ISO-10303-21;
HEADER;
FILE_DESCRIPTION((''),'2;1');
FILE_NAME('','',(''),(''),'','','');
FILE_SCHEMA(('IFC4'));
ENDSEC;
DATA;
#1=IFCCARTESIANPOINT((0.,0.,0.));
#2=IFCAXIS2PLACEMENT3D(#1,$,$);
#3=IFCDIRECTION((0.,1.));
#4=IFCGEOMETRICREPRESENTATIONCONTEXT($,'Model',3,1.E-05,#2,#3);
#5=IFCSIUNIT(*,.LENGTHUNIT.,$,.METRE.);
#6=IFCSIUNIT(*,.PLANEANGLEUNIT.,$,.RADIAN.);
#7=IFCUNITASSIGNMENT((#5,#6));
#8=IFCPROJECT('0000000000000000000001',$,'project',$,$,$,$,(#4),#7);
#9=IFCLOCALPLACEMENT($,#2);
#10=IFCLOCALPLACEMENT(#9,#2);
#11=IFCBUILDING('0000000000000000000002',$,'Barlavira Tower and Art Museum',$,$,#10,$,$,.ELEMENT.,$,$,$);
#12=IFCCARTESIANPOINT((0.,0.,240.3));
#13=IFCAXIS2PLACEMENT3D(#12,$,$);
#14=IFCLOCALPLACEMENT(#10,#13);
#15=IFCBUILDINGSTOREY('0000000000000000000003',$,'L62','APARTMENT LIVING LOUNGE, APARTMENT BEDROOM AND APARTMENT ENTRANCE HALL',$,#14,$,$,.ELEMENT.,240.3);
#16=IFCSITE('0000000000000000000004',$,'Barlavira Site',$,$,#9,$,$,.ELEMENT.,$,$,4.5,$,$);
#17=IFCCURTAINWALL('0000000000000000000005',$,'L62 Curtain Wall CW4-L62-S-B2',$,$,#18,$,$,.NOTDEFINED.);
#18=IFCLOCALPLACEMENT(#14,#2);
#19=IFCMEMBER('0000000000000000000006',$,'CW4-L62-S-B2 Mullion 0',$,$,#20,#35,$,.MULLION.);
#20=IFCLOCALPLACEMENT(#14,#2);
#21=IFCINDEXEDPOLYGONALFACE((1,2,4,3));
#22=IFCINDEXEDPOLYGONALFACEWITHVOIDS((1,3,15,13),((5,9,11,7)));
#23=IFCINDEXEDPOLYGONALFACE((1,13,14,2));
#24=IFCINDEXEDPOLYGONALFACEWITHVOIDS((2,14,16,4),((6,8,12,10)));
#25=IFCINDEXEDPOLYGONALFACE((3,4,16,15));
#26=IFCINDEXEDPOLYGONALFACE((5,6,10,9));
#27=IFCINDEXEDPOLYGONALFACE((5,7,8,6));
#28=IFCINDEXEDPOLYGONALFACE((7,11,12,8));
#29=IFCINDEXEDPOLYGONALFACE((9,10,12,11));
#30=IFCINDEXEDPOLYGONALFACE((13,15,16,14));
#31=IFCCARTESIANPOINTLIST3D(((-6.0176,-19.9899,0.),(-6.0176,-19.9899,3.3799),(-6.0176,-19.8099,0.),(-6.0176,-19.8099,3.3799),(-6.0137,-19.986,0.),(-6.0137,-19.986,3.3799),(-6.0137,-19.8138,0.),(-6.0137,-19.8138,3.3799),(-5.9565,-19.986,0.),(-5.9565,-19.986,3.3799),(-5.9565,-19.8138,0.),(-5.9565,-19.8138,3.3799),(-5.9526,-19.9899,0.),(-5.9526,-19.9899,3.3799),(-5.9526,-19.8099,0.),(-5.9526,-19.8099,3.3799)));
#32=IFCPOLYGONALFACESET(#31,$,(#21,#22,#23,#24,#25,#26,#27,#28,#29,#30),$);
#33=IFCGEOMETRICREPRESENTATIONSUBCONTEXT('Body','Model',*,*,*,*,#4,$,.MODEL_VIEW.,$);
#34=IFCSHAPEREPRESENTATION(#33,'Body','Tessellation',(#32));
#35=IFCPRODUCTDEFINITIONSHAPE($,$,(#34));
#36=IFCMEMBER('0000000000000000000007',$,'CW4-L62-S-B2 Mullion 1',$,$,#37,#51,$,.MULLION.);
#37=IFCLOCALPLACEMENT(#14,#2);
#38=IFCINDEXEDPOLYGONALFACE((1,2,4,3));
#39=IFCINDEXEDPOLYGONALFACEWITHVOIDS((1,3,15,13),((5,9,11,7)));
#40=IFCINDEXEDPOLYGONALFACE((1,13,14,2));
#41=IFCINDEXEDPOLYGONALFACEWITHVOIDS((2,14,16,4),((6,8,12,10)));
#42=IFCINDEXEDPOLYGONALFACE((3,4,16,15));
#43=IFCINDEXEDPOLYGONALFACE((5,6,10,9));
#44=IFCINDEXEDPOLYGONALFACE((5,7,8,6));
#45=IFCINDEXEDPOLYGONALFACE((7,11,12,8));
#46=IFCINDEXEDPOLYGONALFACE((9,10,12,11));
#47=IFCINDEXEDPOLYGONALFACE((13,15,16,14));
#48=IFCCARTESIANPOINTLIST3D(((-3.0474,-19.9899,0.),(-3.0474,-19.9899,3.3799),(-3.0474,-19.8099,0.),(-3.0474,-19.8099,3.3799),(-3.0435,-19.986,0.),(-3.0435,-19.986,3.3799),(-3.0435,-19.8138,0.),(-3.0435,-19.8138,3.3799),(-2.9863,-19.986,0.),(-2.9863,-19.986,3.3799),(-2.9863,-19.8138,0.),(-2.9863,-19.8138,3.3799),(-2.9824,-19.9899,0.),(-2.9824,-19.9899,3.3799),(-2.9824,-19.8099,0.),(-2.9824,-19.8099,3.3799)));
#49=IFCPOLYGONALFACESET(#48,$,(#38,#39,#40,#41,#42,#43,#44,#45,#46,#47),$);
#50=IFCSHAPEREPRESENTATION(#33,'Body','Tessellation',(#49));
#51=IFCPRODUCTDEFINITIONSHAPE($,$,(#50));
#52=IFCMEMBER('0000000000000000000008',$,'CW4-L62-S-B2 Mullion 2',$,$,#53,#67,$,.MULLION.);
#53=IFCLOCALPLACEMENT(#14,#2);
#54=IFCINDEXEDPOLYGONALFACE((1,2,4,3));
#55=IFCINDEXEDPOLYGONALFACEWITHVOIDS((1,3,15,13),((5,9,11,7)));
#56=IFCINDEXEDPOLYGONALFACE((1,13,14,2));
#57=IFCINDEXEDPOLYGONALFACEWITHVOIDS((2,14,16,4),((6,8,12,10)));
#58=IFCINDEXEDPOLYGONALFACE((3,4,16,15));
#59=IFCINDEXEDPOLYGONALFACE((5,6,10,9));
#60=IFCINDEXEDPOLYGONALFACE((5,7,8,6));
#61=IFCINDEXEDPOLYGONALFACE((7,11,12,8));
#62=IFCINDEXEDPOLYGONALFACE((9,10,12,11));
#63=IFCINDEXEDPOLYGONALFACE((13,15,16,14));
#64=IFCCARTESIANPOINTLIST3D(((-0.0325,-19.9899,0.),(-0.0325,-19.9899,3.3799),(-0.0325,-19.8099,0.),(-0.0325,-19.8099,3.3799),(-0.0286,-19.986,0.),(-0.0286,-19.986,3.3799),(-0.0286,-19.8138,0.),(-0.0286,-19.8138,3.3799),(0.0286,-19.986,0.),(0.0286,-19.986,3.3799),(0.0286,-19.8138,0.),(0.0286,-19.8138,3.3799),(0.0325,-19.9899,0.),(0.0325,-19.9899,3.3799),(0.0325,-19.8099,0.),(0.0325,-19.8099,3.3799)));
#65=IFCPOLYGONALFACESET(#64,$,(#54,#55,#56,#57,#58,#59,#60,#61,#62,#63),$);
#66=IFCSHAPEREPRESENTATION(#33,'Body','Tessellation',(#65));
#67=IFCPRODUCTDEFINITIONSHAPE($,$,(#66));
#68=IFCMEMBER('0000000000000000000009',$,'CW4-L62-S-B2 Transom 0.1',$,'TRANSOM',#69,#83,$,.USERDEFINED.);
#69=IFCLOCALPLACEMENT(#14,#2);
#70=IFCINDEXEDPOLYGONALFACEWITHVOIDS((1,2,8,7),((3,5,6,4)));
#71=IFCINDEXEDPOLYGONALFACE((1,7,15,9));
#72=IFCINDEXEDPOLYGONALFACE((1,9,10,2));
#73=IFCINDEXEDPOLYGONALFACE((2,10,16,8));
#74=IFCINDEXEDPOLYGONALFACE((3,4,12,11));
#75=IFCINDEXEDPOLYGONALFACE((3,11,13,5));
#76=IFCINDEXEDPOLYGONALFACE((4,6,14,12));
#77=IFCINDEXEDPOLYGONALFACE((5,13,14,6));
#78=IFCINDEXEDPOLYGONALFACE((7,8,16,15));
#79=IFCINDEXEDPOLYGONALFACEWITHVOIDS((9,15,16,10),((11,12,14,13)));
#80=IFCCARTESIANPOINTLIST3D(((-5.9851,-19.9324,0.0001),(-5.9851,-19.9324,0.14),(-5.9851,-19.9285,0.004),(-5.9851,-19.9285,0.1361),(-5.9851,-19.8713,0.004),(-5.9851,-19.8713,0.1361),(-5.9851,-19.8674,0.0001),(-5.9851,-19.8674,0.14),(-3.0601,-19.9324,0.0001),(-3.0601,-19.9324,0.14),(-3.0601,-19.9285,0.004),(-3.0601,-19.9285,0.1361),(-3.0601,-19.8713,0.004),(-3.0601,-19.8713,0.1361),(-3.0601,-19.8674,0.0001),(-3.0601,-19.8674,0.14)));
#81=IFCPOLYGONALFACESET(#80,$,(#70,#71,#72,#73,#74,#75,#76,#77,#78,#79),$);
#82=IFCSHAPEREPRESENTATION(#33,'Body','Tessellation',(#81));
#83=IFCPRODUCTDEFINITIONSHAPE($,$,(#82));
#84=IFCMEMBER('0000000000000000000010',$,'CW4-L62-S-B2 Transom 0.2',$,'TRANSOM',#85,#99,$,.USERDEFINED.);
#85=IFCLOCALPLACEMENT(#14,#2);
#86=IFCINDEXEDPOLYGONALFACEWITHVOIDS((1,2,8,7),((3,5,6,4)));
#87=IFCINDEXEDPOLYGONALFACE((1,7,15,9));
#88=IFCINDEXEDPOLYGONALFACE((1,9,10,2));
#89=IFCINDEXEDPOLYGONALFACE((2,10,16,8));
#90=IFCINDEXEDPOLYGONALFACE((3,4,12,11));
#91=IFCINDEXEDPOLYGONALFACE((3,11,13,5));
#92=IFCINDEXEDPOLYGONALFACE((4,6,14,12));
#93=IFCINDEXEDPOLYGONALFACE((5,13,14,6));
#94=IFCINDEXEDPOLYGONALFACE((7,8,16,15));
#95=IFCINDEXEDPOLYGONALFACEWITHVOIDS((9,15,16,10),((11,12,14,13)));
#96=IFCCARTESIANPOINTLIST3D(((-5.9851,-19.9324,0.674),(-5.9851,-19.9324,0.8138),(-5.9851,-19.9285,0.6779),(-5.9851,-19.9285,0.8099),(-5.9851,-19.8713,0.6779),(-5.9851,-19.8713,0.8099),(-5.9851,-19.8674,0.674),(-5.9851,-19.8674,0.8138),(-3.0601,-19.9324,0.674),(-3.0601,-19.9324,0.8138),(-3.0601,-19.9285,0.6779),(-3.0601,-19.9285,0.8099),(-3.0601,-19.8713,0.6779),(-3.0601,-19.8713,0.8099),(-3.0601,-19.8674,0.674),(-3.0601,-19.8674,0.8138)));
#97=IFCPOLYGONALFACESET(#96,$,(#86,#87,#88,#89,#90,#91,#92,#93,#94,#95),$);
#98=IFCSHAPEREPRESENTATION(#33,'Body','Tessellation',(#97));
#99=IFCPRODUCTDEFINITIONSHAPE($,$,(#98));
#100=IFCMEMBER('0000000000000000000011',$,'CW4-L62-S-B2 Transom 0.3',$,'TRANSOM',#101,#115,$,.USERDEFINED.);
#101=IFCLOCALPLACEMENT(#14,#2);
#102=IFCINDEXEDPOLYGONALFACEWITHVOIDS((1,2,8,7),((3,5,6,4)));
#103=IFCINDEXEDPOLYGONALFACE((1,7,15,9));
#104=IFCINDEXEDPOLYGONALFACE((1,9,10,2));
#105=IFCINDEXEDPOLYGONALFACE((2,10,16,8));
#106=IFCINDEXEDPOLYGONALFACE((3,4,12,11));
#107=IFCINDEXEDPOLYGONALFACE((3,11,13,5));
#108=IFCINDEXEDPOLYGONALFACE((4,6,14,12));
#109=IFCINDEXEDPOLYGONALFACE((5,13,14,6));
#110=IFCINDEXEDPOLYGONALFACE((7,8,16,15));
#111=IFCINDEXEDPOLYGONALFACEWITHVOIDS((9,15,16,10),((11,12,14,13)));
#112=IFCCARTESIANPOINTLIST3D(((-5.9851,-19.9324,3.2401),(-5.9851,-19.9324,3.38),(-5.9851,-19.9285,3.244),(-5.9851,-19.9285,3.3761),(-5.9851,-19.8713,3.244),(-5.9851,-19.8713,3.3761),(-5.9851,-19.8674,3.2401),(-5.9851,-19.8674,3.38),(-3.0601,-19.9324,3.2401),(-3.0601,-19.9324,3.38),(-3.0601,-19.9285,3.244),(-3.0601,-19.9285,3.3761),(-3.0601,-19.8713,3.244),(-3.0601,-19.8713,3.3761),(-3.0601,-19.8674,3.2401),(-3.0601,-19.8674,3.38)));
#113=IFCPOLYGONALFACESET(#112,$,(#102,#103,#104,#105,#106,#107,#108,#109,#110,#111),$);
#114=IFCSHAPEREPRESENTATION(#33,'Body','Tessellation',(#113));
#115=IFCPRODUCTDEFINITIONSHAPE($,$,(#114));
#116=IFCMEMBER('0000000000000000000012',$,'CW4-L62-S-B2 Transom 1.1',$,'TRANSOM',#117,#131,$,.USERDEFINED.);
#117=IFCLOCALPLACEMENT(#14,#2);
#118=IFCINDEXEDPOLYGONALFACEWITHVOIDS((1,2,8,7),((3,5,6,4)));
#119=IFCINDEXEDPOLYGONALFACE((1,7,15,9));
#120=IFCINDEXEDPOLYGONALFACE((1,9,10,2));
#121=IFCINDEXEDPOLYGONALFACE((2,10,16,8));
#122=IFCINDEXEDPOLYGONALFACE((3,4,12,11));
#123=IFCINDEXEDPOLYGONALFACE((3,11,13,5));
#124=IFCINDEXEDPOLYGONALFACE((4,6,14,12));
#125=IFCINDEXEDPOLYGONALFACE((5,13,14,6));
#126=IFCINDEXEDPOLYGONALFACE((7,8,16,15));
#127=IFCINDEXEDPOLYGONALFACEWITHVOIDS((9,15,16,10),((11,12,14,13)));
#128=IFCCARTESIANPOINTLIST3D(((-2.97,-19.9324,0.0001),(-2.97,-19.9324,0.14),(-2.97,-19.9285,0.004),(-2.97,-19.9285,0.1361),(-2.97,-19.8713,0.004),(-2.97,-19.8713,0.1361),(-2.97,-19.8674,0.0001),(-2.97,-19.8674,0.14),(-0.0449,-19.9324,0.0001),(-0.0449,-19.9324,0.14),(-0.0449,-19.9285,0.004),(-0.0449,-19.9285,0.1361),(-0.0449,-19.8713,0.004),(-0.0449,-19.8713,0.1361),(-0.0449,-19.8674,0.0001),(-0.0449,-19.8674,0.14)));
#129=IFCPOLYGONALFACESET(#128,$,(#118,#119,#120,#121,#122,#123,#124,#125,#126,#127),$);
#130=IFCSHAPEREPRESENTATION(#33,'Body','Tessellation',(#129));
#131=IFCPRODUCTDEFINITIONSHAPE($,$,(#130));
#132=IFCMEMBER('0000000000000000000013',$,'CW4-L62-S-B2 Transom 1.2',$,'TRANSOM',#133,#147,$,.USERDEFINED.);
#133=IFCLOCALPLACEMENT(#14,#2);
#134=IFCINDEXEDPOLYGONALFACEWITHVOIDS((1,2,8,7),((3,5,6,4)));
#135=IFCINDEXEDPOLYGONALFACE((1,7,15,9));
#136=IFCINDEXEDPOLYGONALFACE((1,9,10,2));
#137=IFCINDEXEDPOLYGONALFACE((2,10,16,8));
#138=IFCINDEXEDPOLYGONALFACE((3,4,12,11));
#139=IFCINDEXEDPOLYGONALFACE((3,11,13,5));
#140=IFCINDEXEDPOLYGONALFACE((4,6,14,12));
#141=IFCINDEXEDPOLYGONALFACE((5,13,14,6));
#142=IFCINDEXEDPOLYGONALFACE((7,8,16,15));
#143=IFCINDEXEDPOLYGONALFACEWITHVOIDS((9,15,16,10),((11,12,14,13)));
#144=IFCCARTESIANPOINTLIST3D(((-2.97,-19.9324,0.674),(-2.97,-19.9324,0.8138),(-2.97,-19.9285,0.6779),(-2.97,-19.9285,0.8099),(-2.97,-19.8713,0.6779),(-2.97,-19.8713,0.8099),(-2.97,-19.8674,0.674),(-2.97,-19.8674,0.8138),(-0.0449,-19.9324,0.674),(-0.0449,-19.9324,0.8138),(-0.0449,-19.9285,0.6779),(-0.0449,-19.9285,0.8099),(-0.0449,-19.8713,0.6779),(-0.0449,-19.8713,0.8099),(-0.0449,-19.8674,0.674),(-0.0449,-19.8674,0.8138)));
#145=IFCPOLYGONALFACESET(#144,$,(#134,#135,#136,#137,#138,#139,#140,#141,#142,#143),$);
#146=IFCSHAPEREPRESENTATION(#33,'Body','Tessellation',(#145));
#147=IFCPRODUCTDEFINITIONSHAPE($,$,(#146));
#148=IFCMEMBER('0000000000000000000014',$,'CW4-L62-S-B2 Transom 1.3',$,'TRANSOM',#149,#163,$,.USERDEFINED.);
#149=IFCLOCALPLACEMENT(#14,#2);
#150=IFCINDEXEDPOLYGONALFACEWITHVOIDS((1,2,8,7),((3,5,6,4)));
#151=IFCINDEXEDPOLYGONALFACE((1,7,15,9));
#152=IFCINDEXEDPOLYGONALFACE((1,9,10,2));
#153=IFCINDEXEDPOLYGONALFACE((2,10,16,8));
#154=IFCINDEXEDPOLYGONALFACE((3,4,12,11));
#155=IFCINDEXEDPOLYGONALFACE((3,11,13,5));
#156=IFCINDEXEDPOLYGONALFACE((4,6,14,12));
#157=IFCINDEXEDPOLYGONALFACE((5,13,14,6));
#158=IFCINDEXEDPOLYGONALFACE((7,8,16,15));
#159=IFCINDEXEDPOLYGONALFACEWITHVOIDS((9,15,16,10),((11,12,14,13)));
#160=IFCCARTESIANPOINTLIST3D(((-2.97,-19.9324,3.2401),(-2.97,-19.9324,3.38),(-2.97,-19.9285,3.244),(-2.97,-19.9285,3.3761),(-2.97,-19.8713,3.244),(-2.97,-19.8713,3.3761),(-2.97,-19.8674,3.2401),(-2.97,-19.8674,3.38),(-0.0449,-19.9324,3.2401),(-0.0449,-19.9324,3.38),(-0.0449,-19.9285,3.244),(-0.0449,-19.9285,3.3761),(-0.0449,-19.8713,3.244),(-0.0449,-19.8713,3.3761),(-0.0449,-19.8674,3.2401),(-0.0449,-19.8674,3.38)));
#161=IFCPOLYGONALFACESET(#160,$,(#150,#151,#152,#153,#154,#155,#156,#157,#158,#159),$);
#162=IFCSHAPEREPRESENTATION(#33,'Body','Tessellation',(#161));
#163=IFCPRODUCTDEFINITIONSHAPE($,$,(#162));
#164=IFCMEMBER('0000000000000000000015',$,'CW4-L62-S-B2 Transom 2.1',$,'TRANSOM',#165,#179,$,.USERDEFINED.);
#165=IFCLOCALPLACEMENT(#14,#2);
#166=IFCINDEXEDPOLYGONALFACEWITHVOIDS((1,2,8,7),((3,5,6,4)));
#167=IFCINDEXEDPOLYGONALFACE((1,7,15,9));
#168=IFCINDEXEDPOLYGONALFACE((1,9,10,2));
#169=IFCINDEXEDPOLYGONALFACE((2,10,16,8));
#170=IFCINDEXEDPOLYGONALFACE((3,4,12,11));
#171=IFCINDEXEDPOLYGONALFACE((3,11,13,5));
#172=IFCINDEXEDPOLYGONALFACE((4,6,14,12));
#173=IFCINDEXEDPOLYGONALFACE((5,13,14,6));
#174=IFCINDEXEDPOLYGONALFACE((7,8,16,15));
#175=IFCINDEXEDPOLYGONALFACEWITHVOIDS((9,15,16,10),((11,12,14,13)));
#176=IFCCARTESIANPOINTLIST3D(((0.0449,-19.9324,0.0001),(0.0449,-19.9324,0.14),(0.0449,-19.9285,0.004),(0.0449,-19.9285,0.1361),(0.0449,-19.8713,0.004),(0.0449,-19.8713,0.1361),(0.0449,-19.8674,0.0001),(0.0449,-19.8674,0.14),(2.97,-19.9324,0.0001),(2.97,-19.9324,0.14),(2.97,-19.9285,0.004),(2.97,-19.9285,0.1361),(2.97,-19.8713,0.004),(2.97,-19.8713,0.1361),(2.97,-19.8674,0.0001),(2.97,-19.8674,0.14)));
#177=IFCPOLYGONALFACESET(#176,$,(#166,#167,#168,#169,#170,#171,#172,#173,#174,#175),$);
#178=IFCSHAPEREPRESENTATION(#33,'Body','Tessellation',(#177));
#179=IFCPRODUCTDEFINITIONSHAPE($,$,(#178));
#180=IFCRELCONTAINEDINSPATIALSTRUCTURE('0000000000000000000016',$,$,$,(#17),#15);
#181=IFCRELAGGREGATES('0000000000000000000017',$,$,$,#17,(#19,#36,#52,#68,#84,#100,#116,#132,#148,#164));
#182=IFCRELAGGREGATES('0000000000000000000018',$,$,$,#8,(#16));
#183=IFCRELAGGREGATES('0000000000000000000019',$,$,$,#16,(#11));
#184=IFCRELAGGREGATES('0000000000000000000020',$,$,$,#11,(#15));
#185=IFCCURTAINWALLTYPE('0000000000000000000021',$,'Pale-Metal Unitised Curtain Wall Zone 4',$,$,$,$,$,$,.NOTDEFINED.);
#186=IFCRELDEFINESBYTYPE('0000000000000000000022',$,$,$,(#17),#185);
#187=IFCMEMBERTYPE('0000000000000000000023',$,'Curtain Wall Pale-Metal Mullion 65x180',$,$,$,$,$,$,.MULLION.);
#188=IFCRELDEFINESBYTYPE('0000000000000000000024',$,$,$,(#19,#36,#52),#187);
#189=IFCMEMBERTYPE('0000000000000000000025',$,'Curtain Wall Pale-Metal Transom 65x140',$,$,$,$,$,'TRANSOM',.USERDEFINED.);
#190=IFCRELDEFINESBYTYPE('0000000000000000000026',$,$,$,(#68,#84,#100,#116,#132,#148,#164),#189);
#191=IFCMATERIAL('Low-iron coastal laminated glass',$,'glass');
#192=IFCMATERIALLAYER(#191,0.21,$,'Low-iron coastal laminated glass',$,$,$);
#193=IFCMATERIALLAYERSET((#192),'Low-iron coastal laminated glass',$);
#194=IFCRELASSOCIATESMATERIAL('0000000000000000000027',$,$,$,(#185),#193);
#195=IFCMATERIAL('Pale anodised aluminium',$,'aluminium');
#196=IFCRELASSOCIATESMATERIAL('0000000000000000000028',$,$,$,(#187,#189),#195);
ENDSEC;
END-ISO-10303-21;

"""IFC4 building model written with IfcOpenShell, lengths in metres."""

from ifc_helpers import new_model, si_unit, direction, frame, origin, origin_2d, place, context, subcontext, project, spatial, hollow_rectangle, extrude, material, layer, layer_set, material_profile, profile_set, type_object, element, aggregate, save


model = new_model("IFC4")

# Units and contexts
model_context = context("Model", 3, precision=1e-05, world=origin(), true_north=direction((0.0, 1.0)))
body_context = subcontext(model_context, "Body", "Model", "MODEL_VIEW")
ifc_project = project(units=[si_unit("LENGTHUNIT", "METRE"), si_unit("PLANEANGLEUNIT", "RADIAN")], contexts=[model_context])

# Site, building, storey
site_placement = place(None, origin())
site = spatial("IfcSite", under=ifc_project, at=site_placement, Name="Barlavira Site", CompositionType="ELEMENT", RefElevation=4.5)
building_placement = place(site_placement, origin())
building = spatial("IfcBuilding", under=site, at=building_placement, Name="Barlavira Tower and Art Museum", CompositionType="ELEMENT")
storey_placement = place(building_placement, frame((0.0, 0.0, 240.3)))
storey = spatial("IfcBuildingStorey", under=building, at=storey_placement, Name="L62", Description="APARTMENT LIVING LOUNGE, APARTMENT BEDROOM AND APARTMENT ENTRANCE HALL", CompositionType="ELEMENT", Elevation=240.3)

# Curtain wall, members
ifc_material_1 = material(Name="Low-iron coastal laminated glass", Category="glass")
ifc_layer_1 = layer(ifc_material_1, 0.21, Name="Low-iron coastal laminated glass")
ifc_layer_set_1 = layer_set([ifc_layer_1], Name="Low-iron coastal laminated glass")
curtain_wall_type = type_object("IfcCurtainWallType", Name="Pale-Metal Unitised Curtain Wall Zone 4", PredefinedType="NOTDEFINED", material=ifc_layer_set_1)
curtain_wall_placement = place(storey_placement, origin())
curtain_wall = element("IfcCurtainWall", 1, at=curtain_wall_placement, inside=storey, type_object=curtain_wall_type, Name="L62 Curtain Wall CW4-L62-S-B2", PredefinedType="NOTDEFINED")
ifc_material_2 = material(Name="Pale anodised aluminium", Category="aluminium")
ifc_material_profile_1 = material_profile(ifc_material_2, hollow_rectangle(XDim=0.0649, YDim=0.1799, WallThickness=0.0039, at=origin_2d()), Name="ALU-MULL 65x180x4")
ifc_profile_set_1 = profile_set([ifc_material_profile_1], Name="Pale anodised aluminium")
member_type_1 = type_object("IfcMemberType", Name="Curtain Wall Pale-Metal Mullion 65x180", PredefinedType="MULLION", material=ifc_profile_set_1)
member_1_placement = place(storey_placement, frame((-5.9851, -19.8999, 0.0), z_axis=(0.0, 0.0, 1.0), x_axis=(1.0, 0.0, 0.0)))
member_1 = element("IfcMember", 2, at=member_1_placement, type_object=member_type_1, Name="CW4-L62-S-B2 Mullion 0", PredefinedType="MULLION", context=body_context, shape_type="SweptSolid", body=[
    extrude(hollow_rectangle(XDim=0.0649, YDim=0.1799, WallThickness=0.0039, at=origin_2d()), origin(), (0.0, 0.0, 1.0), 3.3799),
])
member_2_placement = place(storey_placement, frame((-3.0149, -19.8999, 0.0), z_axis=(0.0, 0.0, 1.0), x_axis=(1.0, 0.0, 0.0)))
member_2 = element("IfcMember", 3, at=member_2_placement, type_object=member_type_1, Name="CW4-L62-S-B2 Mullion 1", PredefinedType="MULLION", context=body_context, shape_type="SweptSolid", body=[
    extrude(hollow_rectangle(XDim=0.0649, YDim=0.1799, WallThickness=0.0039, at=origin_2d()), origin(), (0.0, 0.0, 1.0), 3.3799),
])
member_3_placement = place(storey_placement, frame((0.0, -19.8999, 0.0), z_axis=(0.0, 0.0, 1.0), x_axis=(1.0, 0.0, 0.0)))
member_3 = element("IfcMember", 4, at=member_3_placement, type_object=member_type_1, Name="CW4-L62-S-B2 Mullion 2", PredefinedType="MULLION", context=body_context, shape_type="SweptSolid", body=[
    extrude(hollow_rectangle(XDim=0.0649, YDim=0.1799, WallThickness=0.0039, at=origin_2d()), origin(), (0.0, 0.0, 1.0), 3.3799),
])
ifc_material_profile_2 = material_profile(ifc_material_2, hollow_rectangle(XDim=0.0649, YDim=0.1399, WallThickness=0.0039, at=origin_2d()), Name="ALU-TRAN 65x140x4")
ifc_profile_set_2 = profile_set([ifc_material_profile_2], Name="Pale anodised aluminium")
member_type_2 = type_object("IfcMemberType", Name="Curtain Wall Pale-Metal Transom 65x140", ElementType="TRANSOM", PredefinedType="USERDEFINED", material=ifc_profile_set_2)
member_4_placement = place(storey_placement, frame((-5.9851, -19.8999, 0.0701), z_axis=(1.0, 0.0, 0.0), x_axis=(0.0, 1.0, 0.0)))
member_4 = element("IfcMember", 5, at=member_4_placement, type_object=member_type_2, Name="CW4-L62-S-B2 Transom 0.1", ObjectType="TRANSOM", PredefinedType="USERDEFINED", context=body_context, shape_type="SweptSolid", body=[
    extrude(hollow_rectangle(XDim=0.0649, YDim=0.1399, WallThickness=0.0039, at=origin_2d()), origin(), (0.0, 0.0, 1.0), 2.925),
])
member_5_placement = place(storey_placement, frame((-5.9851, -19.8999, 0.7439), z_axis=(1.0, 0.0, 0.0), x_axis=(0.0, 1.0, 0.0)))
member_5 = element("IfcMember", 6, at=member_5_placement, type_object=member_type_2, Name="CW4-L62-S-B2 Transom 0.2", ObjectType="TRANSOM", PredefinedType="USERDEFINED", context=body_context, shape_type="SweptSolid", body=[
    extrude(hollow_rectangle(XDim=0.0649, YDim=0.1399, WallThickness=0.0039, at=origin_2d()), origin(), (0.0, 0.0, 1.0), 2.925),
])
member_6_placement = place(storey_placement, frame((-5.9851, -19.8999, 3.3101), z_axis=(1.0, 0.0, 0.0), x_axis=(0.0, 1.0, 0.0)))
member_6 = element("IfcMember", 7, at=member_6_placement, type_object=member_type_2, Name="CW4-L62-S-B2 Transom 0.3", ObjectType="TRANSOM", PredefinedType="USERDEFINED", context=body_context, shape_type="SweptSolid", body=[
    extrude(hollow_rectangle(XDim=0.0649, YDim=0.1399, WallThickness=0.0039, at=origin_2d()), origin(), (0.0, 0.0, 1.0), 2.925),
])
member_7_placement = place(storey_placement, frame((-2.97, -19.8999, 0.0701), z_axis=(1.0, 0.0, 0.0), x_axis=(0.0, 1.0, 0.0)))
member_7 = element("IfcMember", 8, at=member_7_placement, type_object=member_type_2, Name="CW4-L62-S-B2 Transom 1.1", ObjectType="TRANSOM", PredefinedType="USERDEFINED", context=body_context, shape_type="SweptSolid", body=[
    extrude(hollow_rectangle(XDim=0.0649, YDim=0.1399, WallThickness=0.0039, at=origin_2d()), origin(), (0.0, 0.0, 1.0), 2.925),
])
member_8_placement = place(storey_placement, frame((-2.97, -19.8999, 0.7439), z_axis=(1.0, 0.0, 0.0), x_axis=(0.0, 1.0, 0.0)))
member_8 = element("IfcMember", 9, at=member_8_placement, type_object=member_type_2, Name="CW4-L62-S-B2 Transom 1.2", ObjectType="TRANSOM", PredefinedType="USERDEFINED", context=body_context, shape_type="SweptSolid", body=[
    extrude(hollow_rectangle(XDim=0.0649, YDim=0.1399, WallThickness=0.0039, at=origin_2d()), origin(), (0.0, 0.0, 1.0), 2.925),
])
member_9_placement = place(storey_placement, frame((-2.97, -19.8999, 3.3101), z_axis=(1.0, 0.0, 0.0), x_axis=(0.0, 1.0, 0.0)))
member_9 = element("IfcMember", 10, at=member_9_placement, type_object=member_type_2, Name="CW4-L62-S-B2 Transom 1.3", ObjectType="TRANSOM", PredefinedType="USERDEFINED", context=body_context, shape_type="SweptSolid", body=[
    extrude(hollow_rectangle(XDim=0.0649, YDim=0.1399, WallThickness=0.0039, at=origin_2d()), origin(), (0.0, 0.0, 1.0), 2.925),
])
member_10_placement = place(storey_placement, frame((0.0449, -19.8999, 0.0701), z_axis=(1.0, 0.0, 0.0), x_axis=(0.0, 1.0, 0.0)))
member_10 = element("IfcMember", 11, at=member_10_placement, type_object=member_type_2, Name="CW4-L62-S-B2 Transom 2.1", ObjectType="TRANSOM", PredefinedType="USERDEFINED", context=body_context, shape_type="SweptSolid", body=[
    extrude(hollow_rectangle(XDim=0.0649, YDim=0.1399, WallThickness=0.0039, at=origin_2d()), origin(), (0.0, 0.0, 1.0), 2.925),
])

aggregate(curtain_wall, [member_1, member_2, member_3, member_4, member_5, member_6, member_7, member_8, member_9, member_10])

save(model, "model.ifc")
